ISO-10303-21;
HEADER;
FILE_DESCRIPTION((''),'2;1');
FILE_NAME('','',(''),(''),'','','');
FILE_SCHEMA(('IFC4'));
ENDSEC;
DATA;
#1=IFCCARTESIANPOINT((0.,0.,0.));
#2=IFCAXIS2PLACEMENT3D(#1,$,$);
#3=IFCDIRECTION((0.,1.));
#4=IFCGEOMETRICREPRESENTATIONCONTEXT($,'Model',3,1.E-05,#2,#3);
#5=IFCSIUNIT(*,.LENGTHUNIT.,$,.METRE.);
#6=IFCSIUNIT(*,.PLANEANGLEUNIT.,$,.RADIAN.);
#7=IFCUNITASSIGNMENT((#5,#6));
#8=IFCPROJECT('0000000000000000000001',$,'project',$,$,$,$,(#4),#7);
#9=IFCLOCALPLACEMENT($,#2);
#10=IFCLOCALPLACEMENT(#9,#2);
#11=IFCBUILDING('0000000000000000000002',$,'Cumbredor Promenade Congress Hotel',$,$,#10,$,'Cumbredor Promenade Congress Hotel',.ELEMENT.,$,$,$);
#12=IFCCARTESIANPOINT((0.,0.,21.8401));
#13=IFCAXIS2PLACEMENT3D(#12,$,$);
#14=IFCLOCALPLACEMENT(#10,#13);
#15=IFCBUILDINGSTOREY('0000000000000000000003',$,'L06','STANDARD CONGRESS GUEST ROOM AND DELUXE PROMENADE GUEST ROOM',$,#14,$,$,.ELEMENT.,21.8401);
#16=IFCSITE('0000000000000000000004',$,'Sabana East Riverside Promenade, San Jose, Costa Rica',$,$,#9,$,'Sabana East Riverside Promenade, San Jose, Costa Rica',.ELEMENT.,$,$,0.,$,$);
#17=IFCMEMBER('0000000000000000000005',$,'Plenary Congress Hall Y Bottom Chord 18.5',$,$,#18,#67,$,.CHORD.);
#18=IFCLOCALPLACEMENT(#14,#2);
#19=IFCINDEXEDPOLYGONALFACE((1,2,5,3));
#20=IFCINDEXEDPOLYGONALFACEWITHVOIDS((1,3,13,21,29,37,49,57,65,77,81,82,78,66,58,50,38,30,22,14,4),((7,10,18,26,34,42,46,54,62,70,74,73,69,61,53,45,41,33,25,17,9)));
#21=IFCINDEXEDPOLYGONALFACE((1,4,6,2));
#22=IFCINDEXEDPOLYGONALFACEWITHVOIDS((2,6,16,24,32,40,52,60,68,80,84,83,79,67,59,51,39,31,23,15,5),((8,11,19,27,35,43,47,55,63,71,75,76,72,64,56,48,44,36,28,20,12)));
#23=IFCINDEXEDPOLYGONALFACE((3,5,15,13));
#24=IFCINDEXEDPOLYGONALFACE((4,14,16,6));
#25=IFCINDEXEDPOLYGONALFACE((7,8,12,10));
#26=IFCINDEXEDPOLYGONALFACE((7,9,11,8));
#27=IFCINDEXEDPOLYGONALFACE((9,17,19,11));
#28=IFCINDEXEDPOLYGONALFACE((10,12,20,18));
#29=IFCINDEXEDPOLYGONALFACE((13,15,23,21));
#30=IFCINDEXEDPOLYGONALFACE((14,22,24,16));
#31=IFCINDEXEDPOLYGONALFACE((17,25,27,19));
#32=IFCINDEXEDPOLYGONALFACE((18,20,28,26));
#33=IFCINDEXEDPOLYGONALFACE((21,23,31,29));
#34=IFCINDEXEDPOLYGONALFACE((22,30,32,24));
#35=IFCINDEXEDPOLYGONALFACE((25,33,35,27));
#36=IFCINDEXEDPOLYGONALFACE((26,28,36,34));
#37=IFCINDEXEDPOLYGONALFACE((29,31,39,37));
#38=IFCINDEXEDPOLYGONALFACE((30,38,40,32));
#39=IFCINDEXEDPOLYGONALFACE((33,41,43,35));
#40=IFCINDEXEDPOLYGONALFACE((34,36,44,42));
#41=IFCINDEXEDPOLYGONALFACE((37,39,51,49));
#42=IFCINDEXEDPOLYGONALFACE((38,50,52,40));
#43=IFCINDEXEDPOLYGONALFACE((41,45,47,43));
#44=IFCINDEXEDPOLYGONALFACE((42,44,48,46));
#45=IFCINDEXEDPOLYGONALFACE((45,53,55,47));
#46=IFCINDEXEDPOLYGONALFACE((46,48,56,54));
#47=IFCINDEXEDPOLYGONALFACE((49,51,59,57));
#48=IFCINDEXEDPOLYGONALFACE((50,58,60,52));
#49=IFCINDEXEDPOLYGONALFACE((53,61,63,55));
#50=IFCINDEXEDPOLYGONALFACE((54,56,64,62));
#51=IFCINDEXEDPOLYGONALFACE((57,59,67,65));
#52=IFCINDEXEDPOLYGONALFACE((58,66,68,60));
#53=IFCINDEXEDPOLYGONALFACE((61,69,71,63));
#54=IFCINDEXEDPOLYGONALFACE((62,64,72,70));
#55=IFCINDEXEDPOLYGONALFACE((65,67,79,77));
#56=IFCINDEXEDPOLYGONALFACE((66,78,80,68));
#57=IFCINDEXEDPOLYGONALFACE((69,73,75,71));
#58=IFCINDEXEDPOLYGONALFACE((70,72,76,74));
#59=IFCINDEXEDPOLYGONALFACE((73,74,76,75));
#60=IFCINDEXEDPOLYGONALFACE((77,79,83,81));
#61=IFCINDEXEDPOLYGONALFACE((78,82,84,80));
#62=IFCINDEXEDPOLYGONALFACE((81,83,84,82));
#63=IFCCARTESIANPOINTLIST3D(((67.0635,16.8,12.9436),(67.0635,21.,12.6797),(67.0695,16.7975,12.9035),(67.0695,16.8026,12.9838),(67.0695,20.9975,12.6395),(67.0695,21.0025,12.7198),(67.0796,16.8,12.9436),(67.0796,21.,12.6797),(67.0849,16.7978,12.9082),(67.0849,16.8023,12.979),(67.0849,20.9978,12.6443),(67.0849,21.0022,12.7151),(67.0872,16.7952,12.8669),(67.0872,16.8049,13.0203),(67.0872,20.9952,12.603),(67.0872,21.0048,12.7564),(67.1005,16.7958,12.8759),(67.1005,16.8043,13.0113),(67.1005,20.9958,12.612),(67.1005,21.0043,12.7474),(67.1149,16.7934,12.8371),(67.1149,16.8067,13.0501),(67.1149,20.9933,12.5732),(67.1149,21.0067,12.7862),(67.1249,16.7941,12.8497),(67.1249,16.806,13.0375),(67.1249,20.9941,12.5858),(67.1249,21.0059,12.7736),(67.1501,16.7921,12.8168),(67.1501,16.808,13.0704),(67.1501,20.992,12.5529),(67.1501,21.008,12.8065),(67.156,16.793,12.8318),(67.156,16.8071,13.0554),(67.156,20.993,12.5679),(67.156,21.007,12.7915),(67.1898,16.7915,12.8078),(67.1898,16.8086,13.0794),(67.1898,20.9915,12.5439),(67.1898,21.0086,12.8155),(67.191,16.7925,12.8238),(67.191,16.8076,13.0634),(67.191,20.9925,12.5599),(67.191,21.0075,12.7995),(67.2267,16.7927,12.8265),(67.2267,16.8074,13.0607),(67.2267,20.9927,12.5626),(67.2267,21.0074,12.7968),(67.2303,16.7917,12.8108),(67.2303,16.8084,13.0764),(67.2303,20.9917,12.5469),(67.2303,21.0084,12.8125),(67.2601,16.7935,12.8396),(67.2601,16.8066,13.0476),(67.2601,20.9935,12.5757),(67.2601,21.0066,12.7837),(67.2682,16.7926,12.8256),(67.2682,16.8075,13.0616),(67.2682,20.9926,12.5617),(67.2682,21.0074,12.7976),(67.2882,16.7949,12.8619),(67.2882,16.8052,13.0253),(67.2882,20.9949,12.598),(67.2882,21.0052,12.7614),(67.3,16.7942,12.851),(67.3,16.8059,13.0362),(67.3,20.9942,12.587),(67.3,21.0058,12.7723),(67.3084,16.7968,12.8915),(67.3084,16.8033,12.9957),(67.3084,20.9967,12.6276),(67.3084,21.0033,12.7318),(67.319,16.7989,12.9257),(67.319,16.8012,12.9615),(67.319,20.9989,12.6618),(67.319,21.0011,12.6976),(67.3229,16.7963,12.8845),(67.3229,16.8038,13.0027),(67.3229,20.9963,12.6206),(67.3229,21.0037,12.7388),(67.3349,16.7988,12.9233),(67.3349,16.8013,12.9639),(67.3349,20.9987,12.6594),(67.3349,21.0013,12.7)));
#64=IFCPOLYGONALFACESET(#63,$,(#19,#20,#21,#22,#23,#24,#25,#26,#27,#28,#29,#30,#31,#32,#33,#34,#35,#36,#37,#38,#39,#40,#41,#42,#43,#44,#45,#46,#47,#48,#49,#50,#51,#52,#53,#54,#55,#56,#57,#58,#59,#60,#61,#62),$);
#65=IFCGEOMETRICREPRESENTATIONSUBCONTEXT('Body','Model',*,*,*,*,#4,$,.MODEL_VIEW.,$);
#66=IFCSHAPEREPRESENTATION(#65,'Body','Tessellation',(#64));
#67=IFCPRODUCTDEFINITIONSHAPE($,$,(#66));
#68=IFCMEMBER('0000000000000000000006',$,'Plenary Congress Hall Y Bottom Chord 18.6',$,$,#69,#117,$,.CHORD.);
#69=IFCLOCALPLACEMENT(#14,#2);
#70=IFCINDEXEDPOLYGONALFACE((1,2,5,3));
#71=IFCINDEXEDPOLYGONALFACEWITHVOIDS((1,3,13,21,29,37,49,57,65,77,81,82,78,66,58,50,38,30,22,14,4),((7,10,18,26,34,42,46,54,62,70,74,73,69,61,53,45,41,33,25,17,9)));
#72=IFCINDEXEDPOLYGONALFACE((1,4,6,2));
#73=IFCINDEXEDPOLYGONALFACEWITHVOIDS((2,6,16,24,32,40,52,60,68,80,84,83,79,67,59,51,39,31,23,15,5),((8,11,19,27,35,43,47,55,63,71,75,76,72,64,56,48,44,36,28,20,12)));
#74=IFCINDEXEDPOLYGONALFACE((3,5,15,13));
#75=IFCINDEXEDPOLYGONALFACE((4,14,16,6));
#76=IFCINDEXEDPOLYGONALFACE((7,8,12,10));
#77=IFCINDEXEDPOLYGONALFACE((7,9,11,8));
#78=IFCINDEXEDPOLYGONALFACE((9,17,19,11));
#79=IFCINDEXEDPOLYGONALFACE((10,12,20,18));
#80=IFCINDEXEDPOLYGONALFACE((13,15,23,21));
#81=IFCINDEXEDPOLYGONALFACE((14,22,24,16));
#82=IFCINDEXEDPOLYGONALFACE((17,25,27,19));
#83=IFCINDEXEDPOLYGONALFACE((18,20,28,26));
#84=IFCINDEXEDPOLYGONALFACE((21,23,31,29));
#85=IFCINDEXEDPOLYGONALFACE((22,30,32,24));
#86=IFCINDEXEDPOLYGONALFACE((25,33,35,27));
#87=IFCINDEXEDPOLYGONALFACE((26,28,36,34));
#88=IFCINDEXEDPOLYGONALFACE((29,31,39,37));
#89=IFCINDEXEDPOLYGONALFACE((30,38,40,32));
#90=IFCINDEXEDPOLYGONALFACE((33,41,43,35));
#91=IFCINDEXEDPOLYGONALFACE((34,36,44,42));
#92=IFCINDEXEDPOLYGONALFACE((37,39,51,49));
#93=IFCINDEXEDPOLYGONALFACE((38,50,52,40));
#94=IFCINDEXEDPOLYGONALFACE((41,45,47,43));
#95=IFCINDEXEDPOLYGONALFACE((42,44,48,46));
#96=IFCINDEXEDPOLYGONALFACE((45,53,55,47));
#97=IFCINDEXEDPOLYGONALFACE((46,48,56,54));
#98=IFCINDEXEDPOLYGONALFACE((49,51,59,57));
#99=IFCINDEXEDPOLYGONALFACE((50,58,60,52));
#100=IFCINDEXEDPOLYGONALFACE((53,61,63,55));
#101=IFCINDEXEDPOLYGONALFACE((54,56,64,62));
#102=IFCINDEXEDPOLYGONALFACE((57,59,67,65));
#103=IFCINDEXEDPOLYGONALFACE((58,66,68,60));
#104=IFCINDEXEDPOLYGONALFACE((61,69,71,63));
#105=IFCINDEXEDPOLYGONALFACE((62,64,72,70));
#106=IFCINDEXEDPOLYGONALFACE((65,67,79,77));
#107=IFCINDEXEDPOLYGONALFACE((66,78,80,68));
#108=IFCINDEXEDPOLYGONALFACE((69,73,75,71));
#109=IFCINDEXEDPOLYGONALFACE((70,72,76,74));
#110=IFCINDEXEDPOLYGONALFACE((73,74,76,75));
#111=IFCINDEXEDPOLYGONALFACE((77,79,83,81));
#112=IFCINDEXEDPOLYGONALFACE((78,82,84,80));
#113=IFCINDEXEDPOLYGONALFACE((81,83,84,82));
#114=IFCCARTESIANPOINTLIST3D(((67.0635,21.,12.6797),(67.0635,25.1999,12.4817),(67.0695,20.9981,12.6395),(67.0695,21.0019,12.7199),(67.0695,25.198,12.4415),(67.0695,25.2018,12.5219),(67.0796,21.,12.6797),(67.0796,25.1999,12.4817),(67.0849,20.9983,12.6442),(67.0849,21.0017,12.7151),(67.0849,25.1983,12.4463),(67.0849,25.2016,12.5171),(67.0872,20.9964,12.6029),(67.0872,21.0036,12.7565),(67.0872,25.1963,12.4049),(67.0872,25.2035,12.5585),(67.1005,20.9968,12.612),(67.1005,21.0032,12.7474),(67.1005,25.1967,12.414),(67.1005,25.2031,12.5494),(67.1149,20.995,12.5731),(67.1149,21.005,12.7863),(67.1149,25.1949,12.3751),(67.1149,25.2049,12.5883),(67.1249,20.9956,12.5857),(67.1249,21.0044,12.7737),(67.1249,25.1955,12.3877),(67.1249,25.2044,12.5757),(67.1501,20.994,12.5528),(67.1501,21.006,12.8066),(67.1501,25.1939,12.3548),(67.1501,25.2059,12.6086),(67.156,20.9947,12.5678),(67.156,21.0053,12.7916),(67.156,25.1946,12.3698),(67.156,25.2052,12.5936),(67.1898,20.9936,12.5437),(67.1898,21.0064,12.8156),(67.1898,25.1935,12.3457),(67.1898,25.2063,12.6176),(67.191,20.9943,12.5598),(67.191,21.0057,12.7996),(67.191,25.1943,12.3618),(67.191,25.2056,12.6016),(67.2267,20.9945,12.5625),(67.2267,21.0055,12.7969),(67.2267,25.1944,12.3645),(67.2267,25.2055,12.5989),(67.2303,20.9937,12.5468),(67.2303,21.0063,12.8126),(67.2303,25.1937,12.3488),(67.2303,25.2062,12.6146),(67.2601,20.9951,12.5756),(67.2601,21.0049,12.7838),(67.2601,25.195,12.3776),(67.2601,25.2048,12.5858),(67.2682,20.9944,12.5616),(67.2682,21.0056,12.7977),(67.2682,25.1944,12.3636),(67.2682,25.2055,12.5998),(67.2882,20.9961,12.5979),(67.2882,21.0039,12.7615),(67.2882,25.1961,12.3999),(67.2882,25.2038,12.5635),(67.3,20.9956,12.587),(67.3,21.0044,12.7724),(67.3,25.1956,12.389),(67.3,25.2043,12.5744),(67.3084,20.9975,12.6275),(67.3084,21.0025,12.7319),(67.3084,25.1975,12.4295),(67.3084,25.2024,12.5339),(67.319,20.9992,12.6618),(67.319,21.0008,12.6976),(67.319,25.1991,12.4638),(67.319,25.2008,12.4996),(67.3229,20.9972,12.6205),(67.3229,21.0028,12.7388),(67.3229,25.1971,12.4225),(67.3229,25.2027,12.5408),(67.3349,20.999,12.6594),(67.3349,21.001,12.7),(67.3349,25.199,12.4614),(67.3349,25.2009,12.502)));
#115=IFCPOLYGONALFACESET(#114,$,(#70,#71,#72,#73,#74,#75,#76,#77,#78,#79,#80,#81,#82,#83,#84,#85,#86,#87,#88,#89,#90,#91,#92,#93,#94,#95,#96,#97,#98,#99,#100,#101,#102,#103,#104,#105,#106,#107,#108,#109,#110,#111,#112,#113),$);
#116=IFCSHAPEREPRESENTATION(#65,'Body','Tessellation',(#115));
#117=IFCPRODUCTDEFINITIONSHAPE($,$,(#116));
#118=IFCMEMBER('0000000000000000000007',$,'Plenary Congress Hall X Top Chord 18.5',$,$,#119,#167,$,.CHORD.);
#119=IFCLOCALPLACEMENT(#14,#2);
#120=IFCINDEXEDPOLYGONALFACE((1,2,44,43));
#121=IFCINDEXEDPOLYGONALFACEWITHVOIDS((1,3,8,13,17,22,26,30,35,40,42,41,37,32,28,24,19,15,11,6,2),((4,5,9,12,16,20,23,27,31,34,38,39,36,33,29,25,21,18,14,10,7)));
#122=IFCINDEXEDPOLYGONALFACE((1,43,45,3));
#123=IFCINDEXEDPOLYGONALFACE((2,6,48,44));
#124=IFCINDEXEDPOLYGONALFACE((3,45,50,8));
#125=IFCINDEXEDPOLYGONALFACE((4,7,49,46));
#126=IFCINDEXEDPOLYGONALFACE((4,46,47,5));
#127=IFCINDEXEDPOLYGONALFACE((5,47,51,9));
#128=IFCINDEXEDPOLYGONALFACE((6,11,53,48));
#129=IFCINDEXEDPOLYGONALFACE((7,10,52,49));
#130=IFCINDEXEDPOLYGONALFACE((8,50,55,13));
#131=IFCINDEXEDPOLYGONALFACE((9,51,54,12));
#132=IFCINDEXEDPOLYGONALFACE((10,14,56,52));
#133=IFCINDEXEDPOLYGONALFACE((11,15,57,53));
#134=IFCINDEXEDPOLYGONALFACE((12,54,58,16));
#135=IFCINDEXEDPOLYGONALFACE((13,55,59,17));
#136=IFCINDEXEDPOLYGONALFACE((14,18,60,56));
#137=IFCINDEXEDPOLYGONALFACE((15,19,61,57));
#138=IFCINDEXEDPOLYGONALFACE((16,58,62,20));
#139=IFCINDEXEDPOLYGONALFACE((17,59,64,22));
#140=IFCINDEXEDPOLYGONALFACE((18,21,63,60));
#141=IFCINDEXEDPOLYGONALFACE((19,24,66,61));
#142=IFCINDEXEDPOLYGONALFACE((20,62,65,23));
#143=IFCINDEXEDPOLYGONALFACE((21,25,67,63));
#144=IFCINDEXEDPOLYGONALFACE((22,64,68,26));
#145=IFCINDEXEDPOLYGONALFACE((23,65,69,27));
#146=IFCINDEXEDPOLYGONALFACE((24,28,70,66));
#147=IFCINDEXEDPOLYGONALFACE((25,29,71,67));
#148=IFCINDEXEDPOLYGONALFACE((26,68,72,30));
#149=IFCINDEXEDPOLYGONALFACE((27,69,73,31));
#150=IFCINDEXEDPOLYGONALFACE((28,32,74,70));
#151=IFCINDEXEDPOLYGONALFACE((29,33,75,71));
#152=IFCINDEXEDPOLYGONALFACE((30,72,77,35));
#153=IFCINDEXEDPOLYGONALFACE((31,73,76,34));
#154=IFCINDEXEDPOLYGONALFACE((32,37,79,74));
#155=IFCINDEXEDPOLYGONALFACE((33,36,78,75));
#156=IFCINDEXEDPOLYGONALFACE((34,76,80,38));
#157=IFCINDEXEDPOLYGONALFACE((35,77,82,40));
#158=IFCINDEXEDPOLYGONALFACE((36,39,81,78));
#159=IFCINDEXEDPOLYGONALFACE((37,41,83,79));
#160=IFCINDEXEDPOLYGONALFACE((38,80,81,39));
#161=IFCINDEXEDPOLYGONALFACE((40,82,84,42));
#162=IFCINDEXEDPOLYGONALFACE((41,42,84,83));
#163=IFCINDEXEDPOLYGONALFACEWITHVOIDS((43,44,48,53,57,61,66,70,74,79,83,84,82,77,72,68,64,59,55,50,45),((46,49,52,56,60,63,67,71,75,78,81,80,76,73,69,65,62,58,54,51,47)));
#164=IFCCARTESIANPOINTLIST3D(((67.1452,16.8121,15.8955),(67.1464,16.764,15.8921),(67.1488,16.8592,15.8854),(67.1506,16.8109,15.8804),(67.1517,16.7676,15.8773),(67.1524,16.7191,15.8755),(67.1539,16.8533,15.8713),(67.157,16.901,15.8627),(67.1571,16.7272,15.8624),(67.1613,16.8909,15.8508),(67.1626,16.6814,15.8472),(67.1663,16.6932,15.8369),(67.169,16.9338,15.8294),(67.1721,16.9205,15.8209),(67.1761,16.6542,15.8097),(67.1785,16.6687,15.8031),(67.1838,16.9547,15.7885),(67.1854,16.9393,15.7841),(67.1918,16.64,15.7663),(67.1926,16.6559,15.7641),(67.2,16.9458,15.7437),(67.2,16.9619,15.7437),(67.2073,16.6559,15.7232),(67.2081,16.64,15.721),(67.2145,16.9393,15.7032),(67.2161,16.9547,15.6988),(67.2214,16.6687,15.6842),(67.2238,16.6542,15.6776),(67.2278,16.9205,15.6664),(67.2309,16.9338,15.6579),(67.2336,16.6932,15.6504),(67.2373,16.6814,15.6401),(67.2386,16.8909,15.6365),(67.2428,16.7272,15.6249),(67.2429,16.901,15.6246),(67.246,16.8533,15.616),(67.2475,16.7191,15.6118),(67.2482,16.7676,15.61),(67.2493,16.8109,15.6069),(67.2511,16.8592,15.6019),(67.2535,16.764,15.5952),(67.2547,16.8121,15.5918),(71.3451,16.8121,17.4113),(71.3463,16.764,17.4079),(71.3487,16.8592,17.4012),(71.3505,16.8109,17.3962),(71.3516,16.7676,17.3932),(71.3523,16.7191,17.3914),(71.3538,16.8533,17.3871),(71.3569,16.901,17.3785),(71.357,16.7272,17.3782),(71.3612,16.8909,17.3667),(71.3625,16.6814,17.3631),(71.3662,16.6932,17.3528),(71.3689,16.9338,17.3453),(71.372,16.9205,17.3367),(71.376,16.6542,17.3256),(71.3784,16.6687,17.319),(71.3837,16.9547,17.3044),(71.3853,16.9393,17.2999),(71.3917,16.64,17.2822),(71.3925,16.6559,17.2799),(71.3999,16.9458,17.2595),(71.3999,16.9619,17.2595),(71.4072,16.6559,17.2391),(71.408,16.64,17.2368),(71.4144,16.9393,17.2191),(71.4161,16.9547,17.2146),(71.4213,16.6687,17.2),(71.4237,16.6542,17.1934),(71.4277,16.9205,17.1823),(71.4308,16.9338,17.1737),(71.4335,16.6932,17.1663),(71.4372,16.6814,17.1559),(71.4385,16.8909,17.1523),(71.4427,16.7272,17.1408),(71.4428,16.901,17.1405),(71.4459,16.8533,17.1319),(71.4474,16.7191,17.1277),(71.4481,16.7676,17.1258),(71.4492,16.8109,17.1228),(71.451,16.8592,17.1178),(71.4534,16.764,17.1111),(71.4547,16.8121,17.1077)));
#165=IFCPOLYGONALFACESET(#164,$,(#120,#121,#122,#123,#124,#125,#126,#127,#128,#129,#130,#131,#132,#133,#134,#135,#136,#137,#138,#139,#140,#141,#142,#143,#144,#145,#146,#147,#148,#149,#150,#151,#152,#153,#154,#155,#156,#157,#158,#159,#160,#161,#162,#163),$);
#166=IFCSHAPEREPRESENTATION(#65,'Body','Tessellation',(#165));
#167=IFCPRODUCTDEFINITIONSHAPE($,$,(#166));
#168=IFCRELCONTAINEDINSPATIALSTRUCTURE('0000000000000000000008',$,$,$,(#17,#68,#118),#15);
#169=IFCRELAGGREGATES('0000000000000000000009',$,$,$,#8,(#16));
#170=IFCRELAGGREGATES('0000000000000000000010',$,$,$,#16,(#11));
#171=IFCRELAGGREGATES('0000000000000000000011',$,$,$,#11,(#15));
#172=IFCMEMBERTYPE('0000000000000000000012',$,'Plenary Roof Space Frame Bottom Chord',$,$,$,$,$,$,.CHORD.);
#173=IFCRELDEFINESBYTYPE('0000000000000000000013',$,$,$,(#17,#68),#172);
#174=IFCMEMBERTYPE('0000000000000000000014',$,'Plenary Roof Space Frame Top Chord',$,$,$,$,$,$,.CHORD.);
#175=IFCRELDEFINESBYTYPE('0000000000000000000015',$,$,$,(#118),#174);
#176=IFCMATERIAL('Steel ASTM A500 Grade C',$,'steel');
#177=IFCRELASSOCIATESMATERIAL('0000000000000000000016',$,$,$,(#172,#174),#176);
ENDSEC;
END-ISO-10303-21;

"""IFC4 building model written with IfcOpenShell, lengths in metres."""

from ifc_helpers import new_model, si_unit, direction, frame, origin, origin_2d, place, context, subcontext, project, spatial, hollow_circle, extrude, material, material_profile, profile_set, type_object, element, save


model = new_model("IFC4")

# Units and contexts
model_context = context("Model", 3, precision=1e-05, world=origin(), true_north=direction((0.0, 1.0)))
body_context = subcontext(model_context, "Body", "Model", "MODEL_VIEW")
ifc_project = project(units=[si_unit("LENGTHUNIT", "METRE"), si_unit("PLANEANGLEUNIT", "RADIAN")], contexts=[model_context])

# Site, building, storey
site_placement = place(None, origin())
site = spatial("IfcSite", under=ifc_project, at=site_placement, Name="Sabana East Riverside Promenade, San Jose, Costa Rica", LongName="Sabana East Riverside Promenade, San Jose, Costa Rica", CompositionType="ELEMENT", RefElevation=0.0)
building_placement = place(site_placement, origin())
building = spatial("IfcBuilding", under=site, at=building_placement, Name="Cumbredor Promenade Congress Hotel", LongName="Cumbredor Promenade Congress Hotel", CompositionType="ELEMENT")
storey_placement = place(building_placement, frame((0.0, 0.0, 21.8401)))
storey = spatial("IfcBuildingStorey", under=building, at=storey_placement, Name="L06", Description="STANDARD CONGRESS GUEST ROOM AND DELUXE PROMENADE GUEST ROOM", CompositionType="ELEMENT", Elevation=21.8401)

# Members
ifc_material_1 = material(Name="Steel ASTM A500 Grade C", Category="steel")
ifc_material_profile_1 = material_profile(ifc_material_1, hollow_circle(Radius=0.1365, WallThickness=0.0161, at=origin_2d()), Name="CHS 273.0x16")
ifc_profile_set_1 = profile_set([ifc_material_profile_1], Name="Steel ASTM A500 Grade C")
member_type_1 = type_object("IfcMemberType", Name="Plenary Roof Space Frame Bottom Chord", PredefinedType="CHORD", material=ifc_profile_set_1)
member_1_placement = place(storey_placement, frame((67.2, 16.8, 12.9436), z_axis=(0.0, 0.998032, -0.062714), x_axis=(-1.0, 0.0, 0.0)))
element("IfcMember", 1, at=member_1_placement, inside=storey, type_object=member_type_1, Name="Plenary Congress Hall Y Bottom Chord 18.5", PredefinedType="CHORD", context=body_context, shape_type="SweptSolid", body=[
    extrude(hollow_circle(Radius=0.1365, WallThickness=0.0161, at=origin_2d()), origin(), (0.0, 0.0, 1.0), 4.2083),
])
member_2_placement = place(storey_placement, frame((67.2, 21.0, 12.6797), z_axis=(0.0, 0.998891, -0.047091), x_axis=(-1.0, 0.0, 0.0)))
element("IfcMember", 2, at=member_2_placement, inside=storey, type_object=member_type_1, Name="Plenary Congress Hall Y Bottom Chord 18.6", PredefinedType="CHORD", context=body_context, shape_type="SweptSolid", body=[
    extrude(hollow_circle(Radius=0.1365, WallThickness=0.0161, at=origin_2d()), origin(), (0.0, 0.0, 1.0), 4.2046),
])
ifc_material_profile_2 = material_profile(ifc_material_1, hollow_circle(Radius=0.1619, WallThickness=0.0161, at=origin_2d()), Name="CHS 323.9x16")
ifc_profile_set_2 = profile_set([ifc_material_profile_2], Name="Steel ASTM A500 Grade C")
member_type_2 = type_object("IfcMemberType", Name="Plenary Roof Space Frame Top Chord", PredefinedType="CHORD", material=ifc_profile_set_2)
member_3_placement = place(storey_placement, frame((67.2, 16.8, 15.7437), z_axis=(0.94061, 0.0, 0.33949), x_axis=(0.0, 1.0, 0.0)))
element("IfcMember", 3, at=member_3_placement, inside=storey, type_object=member_type_2, Name="Plenary Congress Hall X Top Chord 18.5", PredefinedType="CHORD", context=body_context, shape_type="SweptSolid", body=[
    extrude(hollow_circle(Radius=0.1619, WallThickness=0.0161, at=origin_2d()), origin(), (0.0, 0.0, 1.0), 4.4651),
])

save(model, "model.ifc")
